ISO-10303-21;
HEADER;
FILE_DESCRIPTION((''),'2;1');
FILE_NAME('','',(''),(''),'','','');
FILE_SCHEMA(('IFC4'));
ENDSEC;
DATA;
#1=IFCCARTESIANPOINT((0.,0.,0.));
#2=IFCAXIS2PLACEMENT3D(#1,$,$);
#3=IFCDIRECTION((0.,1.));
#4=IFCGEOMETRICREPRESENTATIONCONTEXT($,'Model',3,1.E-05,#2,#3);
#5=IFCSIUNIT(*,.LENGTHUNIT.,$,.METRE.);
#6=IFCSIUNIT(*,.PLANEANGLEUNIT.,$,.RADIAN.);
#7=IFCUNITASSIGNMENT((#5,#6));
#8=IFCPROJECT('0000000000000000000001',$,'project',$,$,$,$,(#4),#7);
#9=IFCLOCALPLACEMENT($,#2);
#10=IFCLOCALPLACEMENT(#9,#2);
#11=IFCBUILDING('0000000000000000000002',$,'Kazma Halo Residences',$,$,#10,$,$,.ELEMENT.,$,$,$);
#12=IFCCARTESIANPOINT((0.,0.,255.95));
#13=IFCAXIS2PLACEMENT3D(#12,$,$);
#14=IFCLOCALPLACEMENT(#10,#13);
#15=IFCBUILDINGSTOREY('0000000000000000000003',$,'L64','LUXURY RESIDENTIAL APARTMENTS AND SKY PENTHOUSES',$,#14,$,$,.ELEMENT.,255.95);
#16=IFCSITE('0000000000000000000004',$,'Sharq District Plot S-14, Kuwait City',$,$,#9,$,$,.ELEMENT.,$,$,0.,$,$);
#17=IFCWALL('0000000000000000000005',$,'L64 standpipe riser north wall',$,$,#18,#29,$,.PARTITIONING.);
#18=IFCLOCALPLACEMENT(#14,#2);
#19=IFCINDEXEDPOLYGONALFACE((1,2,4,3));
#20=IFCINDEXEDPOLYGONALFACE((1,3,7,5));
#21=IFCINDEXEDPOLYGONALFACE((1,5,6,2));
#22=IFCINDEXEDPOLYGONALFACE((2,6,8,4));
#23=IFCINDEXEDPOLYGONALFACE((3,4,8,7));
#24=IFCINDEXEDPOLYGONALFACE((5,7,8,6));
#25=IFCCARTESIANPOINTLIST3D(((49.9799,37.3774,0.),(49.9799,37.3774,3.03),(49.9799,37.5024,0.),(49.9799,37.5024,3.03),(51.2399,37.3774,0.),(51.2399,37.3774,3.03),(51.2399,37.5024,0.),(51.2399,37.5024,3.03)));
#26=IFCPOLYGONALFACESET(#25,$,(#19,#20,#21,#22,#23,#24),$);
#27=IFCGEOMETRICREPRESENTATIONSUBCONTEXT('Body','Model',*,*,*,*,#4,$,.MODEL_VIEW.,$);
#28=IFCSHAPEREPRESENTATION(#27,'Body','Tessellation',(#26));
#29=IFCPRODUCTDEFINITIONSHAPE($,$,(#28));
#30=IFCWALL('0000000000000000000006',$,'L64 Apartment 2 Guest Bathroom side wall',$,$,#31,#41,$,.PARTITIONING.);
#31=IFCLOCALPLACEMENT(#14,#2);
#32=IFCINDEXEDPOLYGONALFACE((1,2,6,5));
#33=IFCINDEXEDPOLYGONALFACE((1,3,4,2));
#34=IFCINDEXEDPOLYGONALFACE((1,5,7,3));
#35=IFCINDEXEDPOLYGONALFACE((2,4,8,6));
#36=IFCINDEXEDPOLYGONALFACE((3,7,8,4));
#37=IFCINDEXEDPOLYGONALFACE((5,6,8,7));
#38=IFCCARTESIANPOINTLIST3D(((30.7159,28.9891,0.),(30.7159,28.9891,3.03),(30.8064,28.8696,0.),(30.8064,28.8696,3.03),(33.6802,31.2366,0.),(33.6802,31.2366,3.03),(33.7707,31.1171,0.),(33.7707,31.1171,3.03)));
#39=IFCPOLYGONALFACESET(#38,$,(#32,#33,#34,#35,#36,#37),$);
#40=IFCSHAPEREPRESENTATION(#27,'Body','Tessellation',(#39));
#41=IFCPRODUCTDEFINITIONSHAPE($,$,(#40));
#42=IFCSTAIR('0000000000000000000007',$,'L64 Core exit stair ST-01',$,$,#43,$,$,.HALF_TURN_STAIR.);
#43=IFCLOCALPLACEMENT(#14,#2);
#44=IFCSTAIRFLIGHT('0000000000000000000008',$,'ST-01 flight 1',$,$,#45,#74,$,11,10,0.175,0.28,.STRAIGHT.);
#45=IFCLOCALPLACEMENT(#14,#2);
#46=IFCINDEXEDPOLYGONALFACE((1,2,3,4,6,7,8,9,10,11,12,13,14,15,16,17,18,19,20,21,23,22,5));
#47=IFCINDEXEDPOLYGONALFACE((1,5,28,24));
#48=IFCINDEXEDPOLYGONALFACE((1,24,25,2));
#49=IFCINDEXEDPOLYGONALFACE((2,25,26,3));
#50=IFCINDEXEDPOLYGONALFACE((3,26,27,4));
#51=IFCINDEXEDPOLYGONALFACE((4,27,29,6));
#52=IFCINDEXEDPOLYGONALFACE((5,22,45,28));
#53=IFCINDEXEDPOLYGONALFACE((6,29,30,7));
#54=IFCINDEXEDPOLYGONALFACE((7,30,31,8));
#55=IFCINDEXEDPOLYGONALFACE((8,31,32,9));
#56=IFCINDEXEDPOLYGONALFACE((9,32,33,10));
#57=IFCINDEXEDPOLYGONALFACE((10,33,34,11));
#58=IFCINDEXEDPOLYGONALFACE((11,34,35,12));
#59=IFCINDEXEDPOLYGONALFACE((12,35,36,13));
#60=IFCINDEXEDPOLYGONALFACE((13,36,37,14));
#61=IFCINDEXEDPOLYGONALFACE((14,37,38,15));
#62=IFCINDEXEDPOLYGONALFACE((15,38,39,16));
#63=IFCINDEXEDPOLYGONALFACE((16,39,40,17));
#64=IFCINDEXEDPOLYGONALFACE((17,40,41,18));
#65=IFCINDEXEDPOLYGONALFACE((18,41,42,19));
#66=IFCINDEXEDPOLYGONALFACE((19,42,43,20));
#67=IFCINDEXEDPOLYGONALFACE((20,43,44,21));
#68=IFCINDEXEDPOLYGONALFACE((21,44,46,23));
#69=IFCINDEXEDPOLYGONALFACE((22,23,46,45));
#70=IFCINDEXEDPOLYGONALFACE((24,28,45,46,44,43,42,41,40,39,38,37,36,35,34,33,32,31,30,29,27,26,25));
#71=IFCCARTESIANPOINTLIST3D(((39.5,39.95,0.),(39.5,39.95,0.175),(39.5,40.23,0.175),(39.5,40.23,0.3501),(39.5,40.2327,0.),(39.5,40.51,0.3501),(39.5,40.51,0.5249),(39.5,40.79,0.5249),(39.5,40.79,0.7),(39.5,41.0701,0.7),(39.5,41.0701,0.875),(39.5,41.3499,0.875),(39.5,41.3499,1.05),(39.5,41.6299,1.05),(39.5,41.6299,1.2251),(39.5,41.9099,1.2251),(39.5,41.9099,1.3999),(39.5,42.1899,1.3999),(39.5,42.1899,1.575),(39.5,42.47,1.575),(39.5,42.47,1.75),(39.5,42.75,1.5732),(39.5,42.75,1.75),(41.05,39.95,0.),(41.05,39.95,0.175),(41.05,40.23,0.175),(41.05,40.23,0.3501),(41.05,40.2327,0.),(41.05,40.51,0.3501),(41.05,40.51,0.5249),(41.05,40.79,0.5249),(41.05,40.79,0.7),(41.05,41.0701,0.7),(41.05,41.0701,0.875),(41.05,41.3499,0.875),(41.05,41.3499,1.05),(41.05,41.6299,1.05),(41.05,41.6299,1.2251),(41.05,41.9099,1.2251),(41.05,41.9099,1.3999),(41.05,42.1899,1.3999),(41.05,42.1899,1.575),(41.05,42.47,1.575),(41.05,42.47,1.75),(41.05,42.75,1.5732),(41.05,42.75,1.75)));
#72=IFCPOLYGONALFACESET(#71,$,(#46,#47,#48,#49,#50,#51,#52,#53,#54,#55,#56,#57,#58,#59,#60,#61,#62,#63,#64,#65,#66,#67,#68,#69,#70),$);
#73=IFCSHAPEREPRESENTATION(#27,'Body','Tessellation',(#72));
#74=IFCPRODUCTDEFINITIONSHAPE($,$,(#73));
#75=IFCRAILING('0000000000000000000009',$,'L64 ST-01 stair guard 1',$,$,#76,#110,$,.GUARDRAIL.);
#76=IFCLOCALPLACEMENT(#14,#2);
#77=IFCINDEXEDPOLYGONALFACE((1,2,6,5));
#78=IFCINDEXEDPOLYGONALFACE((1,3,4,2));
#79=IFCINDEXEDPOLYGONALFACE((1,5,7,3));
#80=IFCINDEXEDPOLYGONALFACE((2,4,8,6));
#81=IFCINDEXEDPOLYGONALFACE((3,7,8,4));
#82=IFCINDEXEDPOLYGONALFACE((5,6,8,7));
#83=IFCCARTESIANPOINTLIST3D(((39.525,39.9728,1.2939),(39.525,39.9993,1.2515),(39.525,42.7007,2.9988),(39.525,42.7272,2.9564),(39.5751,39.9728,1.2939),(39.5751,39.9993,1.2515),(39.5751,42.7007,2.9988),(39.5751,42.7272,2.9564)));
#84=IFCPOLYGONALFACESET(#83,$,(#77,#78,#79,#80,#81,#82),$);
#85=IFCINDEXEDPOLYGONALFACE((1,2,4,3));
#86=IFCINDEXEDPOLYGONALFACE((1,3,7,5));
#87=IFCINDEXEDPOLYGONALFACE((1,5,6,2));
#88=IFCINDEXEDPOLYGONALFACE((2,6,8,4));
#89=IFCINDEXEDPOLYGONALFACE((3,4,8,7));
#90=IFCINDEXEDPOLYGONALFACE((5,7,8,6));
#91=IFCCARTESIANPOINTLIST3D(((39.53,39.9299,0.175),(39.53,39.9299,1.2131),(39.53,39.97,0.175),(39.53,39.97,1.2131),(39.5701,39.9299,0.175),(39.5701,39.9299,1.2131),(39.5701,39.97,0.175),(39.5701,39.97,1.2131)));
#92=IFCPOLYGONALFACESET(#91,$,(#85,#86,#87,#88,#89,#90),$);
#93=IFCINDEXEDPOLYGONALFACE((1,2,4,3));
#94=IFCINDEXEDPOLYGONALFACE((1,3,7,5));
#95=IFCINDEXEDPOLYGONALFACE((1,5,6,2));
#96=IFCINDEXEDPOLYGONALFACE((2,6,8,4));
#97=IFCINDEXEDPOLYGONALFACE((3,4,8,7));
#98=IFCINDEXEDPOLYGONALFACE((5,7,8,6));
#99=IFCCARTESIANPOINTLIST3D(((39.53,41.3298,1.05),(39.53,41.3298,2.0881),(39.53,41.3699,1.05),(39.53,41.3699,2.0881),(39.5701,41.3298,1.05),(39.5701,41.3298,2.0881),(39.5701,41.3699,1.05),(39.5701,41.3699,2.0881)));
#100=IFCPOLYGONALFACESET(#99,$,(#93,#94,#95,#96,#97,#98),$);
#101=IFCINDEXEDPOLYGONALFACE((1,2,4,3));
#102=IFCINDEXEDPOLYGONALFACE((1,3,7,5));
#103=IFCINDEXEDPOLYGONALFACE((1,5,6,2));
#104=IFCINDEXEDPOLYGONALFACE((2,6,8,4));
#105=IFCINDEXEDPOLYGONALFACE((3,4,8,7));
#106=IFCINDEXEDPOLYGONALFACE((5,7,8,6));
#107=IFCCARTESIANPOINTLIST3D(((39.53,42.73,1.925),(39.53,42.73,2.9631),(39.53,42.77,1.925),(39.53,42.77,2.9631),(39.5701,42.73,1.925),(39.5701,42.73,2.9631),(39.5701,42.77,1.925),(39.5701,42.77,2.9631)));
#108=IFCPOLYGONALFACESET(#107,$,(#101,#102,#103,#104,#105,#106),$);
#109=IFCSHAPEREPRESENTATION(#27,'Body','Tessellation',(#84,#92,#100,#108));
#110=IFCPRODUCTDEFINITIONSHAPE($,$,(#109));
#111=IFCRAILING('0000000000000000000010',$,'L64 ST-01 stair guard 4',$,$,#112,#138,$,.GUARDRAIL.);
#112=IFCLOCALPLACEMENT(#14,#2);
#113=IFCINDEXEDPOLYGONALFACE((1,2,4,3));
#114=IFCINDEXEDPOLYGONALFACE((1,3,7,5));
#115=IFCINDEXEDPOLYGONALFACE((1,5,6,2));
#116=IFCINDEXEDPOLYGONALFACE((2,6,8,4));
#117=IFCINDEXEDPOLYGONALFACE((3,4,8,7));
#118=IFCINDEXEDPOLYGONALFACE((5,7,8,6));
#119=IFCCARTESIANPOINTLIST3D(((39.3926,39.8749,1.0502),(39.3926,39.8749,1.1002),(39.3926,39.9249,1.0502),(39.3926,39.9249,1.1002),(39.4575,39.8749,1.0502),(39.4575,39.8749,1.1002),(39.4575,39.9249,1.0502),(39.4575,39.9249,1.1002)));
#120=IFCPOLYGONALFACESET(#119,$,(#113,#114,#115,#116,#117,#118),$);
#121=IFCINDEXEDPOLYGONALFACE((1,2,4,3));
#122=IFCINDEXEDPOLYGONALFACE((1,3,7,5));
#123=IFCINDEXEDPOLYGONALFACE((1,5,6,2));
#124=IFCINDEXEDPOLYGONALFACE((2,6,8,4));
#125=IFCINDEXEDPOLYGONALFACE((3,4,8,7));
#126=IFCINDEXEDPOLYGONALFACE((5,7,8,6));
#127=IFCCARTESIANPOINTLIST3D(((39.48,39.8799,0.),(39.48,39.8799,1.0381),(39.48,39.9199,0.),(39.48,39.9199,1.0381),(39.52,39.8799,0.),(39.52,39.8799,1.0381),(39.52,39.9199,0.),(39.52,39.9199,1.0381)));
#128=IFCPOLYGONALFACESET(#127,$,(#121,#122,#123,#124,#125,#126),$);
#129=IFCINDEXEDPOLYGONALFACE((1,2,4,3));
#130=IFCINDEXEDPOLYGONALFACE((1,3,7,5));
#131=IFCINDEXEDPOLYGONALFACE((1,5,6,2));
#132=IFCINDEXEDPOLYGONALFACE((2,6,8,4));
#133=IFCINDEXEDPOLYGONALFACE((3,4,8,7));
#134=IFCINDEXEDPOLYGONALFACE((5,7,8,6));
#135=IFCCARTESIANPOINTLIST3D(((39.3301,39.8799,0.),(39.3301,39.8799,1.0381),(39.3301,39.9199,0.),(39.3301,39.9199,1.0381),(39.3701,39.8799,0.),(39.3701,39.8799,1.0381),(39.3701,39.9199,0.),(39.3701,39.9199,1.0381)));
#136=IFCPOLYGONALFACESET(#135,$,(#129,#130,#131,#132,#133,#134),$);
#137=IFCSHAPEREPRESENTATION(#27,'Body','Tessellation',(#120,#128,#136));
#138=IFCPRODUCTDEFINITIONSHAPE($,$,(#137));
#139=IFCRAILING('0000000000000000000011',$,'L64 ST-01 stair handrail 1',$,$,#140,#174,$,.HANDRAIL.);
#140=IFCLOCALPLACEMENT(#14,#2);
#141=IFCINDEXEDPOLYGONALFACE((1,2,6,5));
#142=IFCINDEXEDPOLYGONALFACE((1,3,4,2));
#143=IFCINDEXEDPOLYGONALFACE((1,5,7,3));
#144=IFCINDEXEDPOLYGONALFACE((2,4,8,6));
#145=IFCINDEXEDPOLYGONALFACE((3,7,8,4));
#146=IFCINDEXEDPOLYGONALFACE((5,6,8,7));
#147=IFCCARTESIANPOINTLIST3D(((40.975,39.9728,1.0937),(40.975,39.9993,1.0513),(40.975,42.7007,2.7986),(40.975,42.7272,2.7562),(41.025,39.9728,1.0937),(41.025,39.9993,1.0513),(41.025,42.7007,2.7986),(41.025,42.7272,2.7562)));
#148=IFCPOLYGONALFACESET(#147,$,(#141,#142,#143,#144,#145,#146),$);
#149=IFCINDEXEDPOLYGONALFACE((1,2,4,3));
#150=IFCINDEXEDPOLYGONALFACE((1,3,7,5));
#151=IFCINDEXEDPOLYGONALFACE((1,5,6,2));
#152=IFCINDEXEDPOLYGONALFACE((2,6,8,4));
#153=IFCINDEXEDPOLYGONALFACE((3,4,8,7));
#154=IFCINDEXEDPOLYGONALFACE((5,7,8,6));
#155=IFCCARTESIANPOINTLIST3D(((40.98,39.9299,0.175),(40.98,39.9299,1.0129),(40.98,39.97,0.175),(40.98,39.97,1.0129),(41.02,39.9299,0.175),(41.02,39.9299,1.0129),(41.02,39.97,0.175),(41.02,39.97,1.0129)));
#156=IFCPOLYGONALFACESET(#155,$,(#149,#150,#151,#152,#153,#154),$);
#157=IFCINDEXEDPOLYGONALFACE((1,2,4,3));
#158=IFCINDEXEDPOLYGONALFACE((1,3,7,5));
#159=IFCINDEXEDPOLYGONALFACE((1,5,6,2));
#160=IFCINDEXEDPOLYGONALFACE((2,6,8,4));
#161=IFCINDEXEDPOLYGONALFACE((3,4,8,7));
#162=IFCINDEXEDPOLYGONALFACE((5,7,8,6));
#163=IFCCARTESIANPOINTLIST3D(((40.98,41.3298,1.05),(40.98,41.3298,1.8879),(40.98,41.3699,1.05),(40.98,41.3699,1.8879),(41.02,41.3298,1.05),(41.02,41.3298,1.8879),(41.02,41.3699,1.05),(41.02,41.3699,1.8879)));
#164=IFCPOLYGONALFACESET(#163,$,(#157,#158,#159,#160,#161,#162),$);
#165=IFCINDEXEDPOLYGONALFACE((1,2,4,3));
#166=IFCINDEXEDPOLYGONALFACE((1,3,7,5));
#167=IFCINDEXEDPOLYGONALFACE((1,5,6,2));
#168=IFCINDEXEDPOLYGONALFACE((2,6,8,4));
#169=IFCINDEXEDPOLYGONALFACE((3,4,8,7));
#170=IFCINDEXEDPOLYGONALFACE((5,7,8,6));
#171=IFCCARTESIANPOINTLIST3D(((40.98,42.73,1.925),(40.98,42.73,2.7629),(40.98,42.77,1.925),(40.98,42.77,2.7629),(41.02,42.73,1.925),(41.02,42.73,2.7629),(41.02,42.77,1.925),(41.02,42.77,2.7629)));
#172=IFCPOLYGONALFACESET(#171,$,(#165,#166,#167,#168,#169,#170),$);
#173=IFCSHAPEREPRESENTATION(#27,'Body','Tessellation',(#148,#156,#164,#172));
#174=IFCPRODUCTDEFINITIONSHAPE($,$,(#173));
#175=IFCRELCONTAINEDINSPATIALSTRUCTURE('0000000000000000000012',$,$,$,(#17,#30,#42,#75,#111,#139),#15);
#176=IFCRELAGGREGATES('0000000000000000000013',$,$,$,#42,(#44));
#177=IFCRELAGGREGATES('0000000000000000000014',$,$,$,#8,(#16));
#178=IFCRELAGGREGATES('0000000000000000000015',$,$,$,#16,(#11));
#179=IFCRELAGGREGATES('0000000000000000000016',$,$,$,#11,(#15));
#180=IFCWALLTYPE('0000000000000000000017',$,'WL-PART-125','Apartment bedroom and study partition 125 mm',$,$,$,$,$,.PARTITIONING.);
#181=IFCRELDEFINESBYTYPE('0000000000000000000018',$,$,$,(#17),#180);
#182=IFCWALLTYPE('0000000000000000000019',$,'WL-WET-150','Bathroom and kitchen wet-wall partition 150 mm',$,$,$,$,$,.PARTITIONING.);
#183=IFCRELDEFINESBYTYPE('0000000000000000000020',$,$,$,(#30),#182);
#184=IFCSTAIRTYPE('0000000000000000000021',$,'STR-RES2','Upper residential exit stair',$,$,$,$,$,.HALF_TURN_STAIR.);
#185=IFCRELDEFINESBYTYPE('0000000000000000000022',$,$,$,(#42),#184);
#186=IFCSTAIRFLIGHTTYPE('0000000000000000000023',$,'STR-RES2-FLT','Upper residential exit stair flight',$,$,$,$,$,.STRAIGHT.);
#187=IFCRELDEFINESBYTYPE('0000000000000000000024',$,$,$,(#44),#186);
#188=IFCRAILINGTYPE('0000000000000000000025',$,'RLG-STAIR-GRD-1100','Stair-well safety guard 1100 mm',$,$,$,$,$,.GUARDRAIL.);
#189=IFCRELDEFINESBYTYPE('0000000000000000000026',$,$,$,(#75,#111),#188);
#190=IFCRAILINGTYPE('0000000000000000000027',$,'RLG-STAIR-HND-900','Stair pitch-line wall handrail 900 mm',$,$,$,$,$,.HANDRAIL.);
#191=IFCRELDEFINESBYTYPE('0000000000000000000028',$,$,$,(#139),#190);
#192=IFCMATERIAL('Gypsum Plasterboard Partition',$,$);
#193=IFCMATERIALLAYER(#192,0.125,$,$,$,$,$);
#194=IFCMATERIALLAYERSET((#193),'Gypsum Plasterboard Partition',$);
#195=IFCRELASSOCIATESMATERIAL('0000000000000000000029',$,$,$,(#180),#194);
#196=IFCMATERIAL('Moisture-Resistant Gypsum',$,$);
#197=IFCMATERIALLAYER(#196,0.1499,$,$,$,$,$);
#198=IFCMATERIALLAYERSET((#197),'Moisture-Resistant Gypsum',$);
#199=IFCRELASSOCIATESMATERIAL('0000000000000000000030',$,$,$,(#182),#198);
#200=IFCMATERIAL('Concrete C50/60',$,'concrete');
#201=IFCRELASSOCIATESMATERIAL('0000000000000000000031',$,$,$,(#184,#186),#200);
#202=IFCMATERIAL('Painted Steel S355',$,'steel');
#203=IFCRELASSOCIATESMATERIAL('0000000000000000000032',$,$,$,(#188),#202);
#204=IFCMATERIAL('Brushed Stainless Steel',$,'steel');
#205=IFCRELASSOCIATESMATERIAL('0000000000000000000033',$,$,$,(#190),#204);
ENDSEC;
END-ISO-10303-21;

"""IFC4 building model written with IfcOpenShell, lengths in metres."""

from ifc_helpers import new_model, si_unit, direction, frame, frame_2d, origin, origin_2d, place, context, subcontext, project, spatial, polyline, rectangle, outline, extrude, material, layer, layer_set, type_object, element, aggregate, save


model = new_model("IFC4")

# Units and contexts
model_context = context("Model", 3, precision=1e-05, world=origin(), true_north=direction((0.0, 1.0)))
body_context = subcontext(model_context, "Body", "Model", "MODEL_VIEW")
ifc_project = project(units=[si_unit("LENGTHUNIT", "METRE"), si_unit("PLANEANGLEUNIT", "RADIAN")], contexts=[model_context])

# Site, building, storey
site_placement = place(None, origin())
site = spatial("IfcSite", under=ifc_project, at=site_placement, Name="Sharq District Plot S-14, Kuwait City", CompositionType="ELEMENT", RefElevation=0.0)
building_placement = place(site_placement, origin())
building = spatial("IfcBuilding", under=site, at=building_placement, Name="Kazma Halo Residences", CompositionType="ELEMENT")
storey_placement = place(building_placement, frame((0.0, 0.0, 255.95)))
storey = spatial("IfcBuildingStorey", under=building, at=storey_placement, Name="L64", Description="LUXURY RESIDENTIAL APARTMENTS AND SKY PENTHOUSES", CompositionType="ELEMENT", Elevation=255.95)

# Shared definitions
ifc_material_1 = material(Name="Gypsum Plasterboard Partition")
ifc_layer_1 = layer(ifc_material_1, 0.125)
ifc_layer_set_1 = layer_set([ifc_layer_1], Name="Gypsum Plasterboard Partition")
wall_type_1 = type_object("IfcWallType", Name="WL-PART-125", Description="Apartment bedroom and study partition 125 mm", PredefinedType="PARTITIONING", material=ifc_layer_set_1)

# Wall
wall_1_placement = place(storey_placement, frame((49.98, 37.4399, 0.0), z_axis=(0.0, 0.0, 1.0), x_axis=(1.0, 0.0, 0.0)))
element("IfcWall", 1, at=wall_1_placement, inside=storey, type_object=wall_type_1, Name="L64 standpipe riser north wall", PredefinedType="PARTITIONING", context=body_context, shape_type="SweptSolid", body=[
    extrude(rectangle(XDim=1.26, YDim=0.125, at=frame_2d((0.6299, 0.0))), origin(), (0.0, 0.0, 1.0), 3.03),
])

# Shared definitions
ifc_material_2 = material(Name="Concrete C50/60", Category="concrete")

# Wall
ifc_material_3 = material(Name="Moisture-Resistant Gypsum")
ifc_layer_2 = layer(ifc_material_3, 0.1499)
ifc_layer_set_2 = layer_set([ifc_layer_2], Name="Moisture-Resistant Gypsum")
wall_type_2 = type_object("IfcWallType", Name="WL-WET-150", Description="Bathroom and kitchen wet-wall partition 150 mm", PredefinedType="PARTITIONING", material=ifc_layer_set_2)
wall_2_placement = place(storey_placement, frame((33.7253, 31.1768, 0.0), z_axis=(0.0, 0.0, 1.0), x_axis=(-0.796855, -0.604171, 0.0)))
element("IfcWall", 2, at=wall_2_placement, inside=storey, type_object=wall_type_2, Name="L64 Apartment 2 Guest Bathroom side wall", PredefinedType="PARTITIONING", context=body_context, shape_type="SweptSolid", body=[
    extrude(rectangle(XDim=3.72, YDim=0.1499, at=frame_2d((1.8599, 0.0))), origin(), (0.0, 0.0, 1.0), 3.03),
])

# Stair, stair flight
stair_type = type_object("IfcStairType", Name="STR-RES2", Description="Upper residential exit stair", PredefinedType="HALF_TURN_STAIR", material=ifc_material_2)
stair_placement = place(storey_placement, origin())
stair = element("IfcStair", 3, at=stair_placement, inside=storey, type_object=stair_type, Name="L64 Core exit stair ST-01", PredefinedType="HALF_TURN_STAIR")
stair_flight_type = type_object("IfcStairFlightType", Name="STR-RES2-FLT", Description="Upper residential exit stair flight", PredefinedType="STRAIGHT", material=ifc_material_2)
stair_flight_placement = place(storey_placement, frame((40.2749, 39.95, 0.0), z_axis=(0.0, 0.0, 1.0), x_axis=(0.0, 1.0, 0.0)))
stair_flight = element("IfcStairFlight", 4, at=stair_flight_placement, type_object=stair_flight_type, Name="ST-01 flight 1", NumberOfRisers=11, NumberOfTreads=10, PredefinedType="STRAIGHT", RiserHeight=0.175, TreadLength=0.28, context=body_context, shape_type="SweptSolid", body=[
    extrude(outline(polyline([(0.0, 0.0), (0.0, 0.175), (0.28, 0.175), (0.28, 0.3501), (0.5601, 0.3501), (0.5601, 0.5249), (0.8401, 0.5249), (0.8401, 0.7), (1.1201, 0.7), (1.1201, 0.875), (1.3999, 0.875), (1.3999, 1.05), (1.6799, 1.05), (1.6799, 1.2251), (1.96, 1.2251), (1.96, 1.3999), (2.24, 1.3999), (2.24, 1.575), (2.52, 1.575), (2.52, 1.75), (2.8, 1.75), (2.8, 1.925), (2.8, 1.5732), (0.2827, 0.0), (0.0, 0.0)])), frame((0.0, 0.7749, 0.0), z_axis=(0.0, -1.0, 0.0), x_axis=(1.0, 0.0, 0.0)), (0.0, 0.0, 1.0), 1.55),
])
aggregate(stair, [stair_flight])

# Railings
ifc_material_4 = material(Name="Painted Steel S355", Category="steel")
railing_type_1 = type_object("IfcRailingType", Name="RLG-STAIR-GRD-1100", Description="Stair-well safety guard 1100 mm", PredefinedType="GUARDRAIL", material=ifc_material_4)
railing_1_placement = place(storey_placement, frame((39.55, 39.95, 0.175)))
element("IfcRailing", 5, at=railing_1_placement, inside=storey, type_object=railing_type_1, Name="L64 ST-01 stair guard 1", PredefinedType="GUARDRAIL", context=body_context, shape_type="SweptSolid", body=[
    extrude(rectangle(XDim=0.05, YDim=0.05, at=origin_2d()), frame((0.0, 0.0361, 1.0977), z_axis=(0.0, 0.848002, 0.529992), x_axis=(-1.0, 0.0, 0.0)), (0.0, 0.0, 1.0), 3.2168),
    extrude(rectangle(XDim=0.04, YDim=0.04, at=origin_2d()), origin(), (0.0, 0.0, 1.0), 1.0381),
    extrude(rectangle(XDim=0.04, YDim=0.04, at=origin_2d()), frame((0.0, 1.3999, 0.875)), (0.0, 0.0, 1.0), 1.0381),
    extrude(rectangle(XDim=0.04, YDim=0.04, at=origin_2d()), frame((0.0, 2.8, 1.75)), (0.0, 0.0, 1.0), 1.0381),
])
railing_2_placement = place(storey_placement, frame((39.5, 39.8999, 0.0)))
element("IfcRailing", 6, at=railing_2_placement, inside=storey, type_object=railing_type_1, Name="L64 ST-01 stair guard 4", PredefinedType="GUARDRAIL", context=body_context, shape_type="SweptSolid", body=[
    extrude(rectangle(XDim=0.05, YDim=0.05, at=origin_2d()), frame((-0.0425, 0.0, 1.0752), z_axis=(-1.0, 0.0, 0.0), x_axis=(0.0, -1.0, 0.0)), (0.0, 0.0, 1.0), 0.0649),
    extrude(rectangle(XDim=0.04, YDim=0.04, at=origin_2d()), origin(), (0.0, 0.0, 1.0), 1.0381),
    extrude(rectangle(XDim=0.04, YDim=0.04, at=origin_2d()), frame((-0.1499, 0.0, 0.0)), (0.0, 0.0, 1.0), 1.0381),
])
ifc_material_5 = material(Name="Brushed Stainless Steel", Category="steel")
railing_type_2 = type_object("IfcRailingType", Name="RLG-STAIR-HND-900", Description="Stair pitch-line wall handrail 900 mm", PredefinedType="HANDRAIL", material=ifc_material_5)
railing_3_placement = place(storey_placement, frame((41.0, 39.95, 0.175)))
element("IfcRailing", 7, at=railing_3_placement, inside=storey, type_object=railing_type_2, Name="L64 ST-01 stair handrail 1", PredefinedType="HANDRAIL", context=body_context, shape_type="SweptSolid", body=[
    extrude(rectangle(XDim=0.05, YDim=0.05, at=origin_2d()), frame((0.0, 0.0361, 0.8975), z_axis=(0.0, 0.848002, 0.529992), x_axis=(-1.0, 0.0, 0.0)), (0.0, 0.0, 1.0), 3.2168),
    extrude(rectangle(XDim=0.04, YDim=0.04, at=origin_2d()), origin(), (0.0, 0.0, 1.0), 0.8379),
    extrude(rectangle(XDim=0.04, YDim=0.04, at=origin_2d()), frame((0.0, 1.3999, 0.875)), (0.0, 0.0, 1.0), 0.8379),
    extrude(rectangle(XDim=0.04, YDim=0.04, at=origin_2d()), frame((0.0, 2.8, 1.75)), (0.0, 0.0, 1.0), 0.8379),
])

save(model, "model.ifc")
